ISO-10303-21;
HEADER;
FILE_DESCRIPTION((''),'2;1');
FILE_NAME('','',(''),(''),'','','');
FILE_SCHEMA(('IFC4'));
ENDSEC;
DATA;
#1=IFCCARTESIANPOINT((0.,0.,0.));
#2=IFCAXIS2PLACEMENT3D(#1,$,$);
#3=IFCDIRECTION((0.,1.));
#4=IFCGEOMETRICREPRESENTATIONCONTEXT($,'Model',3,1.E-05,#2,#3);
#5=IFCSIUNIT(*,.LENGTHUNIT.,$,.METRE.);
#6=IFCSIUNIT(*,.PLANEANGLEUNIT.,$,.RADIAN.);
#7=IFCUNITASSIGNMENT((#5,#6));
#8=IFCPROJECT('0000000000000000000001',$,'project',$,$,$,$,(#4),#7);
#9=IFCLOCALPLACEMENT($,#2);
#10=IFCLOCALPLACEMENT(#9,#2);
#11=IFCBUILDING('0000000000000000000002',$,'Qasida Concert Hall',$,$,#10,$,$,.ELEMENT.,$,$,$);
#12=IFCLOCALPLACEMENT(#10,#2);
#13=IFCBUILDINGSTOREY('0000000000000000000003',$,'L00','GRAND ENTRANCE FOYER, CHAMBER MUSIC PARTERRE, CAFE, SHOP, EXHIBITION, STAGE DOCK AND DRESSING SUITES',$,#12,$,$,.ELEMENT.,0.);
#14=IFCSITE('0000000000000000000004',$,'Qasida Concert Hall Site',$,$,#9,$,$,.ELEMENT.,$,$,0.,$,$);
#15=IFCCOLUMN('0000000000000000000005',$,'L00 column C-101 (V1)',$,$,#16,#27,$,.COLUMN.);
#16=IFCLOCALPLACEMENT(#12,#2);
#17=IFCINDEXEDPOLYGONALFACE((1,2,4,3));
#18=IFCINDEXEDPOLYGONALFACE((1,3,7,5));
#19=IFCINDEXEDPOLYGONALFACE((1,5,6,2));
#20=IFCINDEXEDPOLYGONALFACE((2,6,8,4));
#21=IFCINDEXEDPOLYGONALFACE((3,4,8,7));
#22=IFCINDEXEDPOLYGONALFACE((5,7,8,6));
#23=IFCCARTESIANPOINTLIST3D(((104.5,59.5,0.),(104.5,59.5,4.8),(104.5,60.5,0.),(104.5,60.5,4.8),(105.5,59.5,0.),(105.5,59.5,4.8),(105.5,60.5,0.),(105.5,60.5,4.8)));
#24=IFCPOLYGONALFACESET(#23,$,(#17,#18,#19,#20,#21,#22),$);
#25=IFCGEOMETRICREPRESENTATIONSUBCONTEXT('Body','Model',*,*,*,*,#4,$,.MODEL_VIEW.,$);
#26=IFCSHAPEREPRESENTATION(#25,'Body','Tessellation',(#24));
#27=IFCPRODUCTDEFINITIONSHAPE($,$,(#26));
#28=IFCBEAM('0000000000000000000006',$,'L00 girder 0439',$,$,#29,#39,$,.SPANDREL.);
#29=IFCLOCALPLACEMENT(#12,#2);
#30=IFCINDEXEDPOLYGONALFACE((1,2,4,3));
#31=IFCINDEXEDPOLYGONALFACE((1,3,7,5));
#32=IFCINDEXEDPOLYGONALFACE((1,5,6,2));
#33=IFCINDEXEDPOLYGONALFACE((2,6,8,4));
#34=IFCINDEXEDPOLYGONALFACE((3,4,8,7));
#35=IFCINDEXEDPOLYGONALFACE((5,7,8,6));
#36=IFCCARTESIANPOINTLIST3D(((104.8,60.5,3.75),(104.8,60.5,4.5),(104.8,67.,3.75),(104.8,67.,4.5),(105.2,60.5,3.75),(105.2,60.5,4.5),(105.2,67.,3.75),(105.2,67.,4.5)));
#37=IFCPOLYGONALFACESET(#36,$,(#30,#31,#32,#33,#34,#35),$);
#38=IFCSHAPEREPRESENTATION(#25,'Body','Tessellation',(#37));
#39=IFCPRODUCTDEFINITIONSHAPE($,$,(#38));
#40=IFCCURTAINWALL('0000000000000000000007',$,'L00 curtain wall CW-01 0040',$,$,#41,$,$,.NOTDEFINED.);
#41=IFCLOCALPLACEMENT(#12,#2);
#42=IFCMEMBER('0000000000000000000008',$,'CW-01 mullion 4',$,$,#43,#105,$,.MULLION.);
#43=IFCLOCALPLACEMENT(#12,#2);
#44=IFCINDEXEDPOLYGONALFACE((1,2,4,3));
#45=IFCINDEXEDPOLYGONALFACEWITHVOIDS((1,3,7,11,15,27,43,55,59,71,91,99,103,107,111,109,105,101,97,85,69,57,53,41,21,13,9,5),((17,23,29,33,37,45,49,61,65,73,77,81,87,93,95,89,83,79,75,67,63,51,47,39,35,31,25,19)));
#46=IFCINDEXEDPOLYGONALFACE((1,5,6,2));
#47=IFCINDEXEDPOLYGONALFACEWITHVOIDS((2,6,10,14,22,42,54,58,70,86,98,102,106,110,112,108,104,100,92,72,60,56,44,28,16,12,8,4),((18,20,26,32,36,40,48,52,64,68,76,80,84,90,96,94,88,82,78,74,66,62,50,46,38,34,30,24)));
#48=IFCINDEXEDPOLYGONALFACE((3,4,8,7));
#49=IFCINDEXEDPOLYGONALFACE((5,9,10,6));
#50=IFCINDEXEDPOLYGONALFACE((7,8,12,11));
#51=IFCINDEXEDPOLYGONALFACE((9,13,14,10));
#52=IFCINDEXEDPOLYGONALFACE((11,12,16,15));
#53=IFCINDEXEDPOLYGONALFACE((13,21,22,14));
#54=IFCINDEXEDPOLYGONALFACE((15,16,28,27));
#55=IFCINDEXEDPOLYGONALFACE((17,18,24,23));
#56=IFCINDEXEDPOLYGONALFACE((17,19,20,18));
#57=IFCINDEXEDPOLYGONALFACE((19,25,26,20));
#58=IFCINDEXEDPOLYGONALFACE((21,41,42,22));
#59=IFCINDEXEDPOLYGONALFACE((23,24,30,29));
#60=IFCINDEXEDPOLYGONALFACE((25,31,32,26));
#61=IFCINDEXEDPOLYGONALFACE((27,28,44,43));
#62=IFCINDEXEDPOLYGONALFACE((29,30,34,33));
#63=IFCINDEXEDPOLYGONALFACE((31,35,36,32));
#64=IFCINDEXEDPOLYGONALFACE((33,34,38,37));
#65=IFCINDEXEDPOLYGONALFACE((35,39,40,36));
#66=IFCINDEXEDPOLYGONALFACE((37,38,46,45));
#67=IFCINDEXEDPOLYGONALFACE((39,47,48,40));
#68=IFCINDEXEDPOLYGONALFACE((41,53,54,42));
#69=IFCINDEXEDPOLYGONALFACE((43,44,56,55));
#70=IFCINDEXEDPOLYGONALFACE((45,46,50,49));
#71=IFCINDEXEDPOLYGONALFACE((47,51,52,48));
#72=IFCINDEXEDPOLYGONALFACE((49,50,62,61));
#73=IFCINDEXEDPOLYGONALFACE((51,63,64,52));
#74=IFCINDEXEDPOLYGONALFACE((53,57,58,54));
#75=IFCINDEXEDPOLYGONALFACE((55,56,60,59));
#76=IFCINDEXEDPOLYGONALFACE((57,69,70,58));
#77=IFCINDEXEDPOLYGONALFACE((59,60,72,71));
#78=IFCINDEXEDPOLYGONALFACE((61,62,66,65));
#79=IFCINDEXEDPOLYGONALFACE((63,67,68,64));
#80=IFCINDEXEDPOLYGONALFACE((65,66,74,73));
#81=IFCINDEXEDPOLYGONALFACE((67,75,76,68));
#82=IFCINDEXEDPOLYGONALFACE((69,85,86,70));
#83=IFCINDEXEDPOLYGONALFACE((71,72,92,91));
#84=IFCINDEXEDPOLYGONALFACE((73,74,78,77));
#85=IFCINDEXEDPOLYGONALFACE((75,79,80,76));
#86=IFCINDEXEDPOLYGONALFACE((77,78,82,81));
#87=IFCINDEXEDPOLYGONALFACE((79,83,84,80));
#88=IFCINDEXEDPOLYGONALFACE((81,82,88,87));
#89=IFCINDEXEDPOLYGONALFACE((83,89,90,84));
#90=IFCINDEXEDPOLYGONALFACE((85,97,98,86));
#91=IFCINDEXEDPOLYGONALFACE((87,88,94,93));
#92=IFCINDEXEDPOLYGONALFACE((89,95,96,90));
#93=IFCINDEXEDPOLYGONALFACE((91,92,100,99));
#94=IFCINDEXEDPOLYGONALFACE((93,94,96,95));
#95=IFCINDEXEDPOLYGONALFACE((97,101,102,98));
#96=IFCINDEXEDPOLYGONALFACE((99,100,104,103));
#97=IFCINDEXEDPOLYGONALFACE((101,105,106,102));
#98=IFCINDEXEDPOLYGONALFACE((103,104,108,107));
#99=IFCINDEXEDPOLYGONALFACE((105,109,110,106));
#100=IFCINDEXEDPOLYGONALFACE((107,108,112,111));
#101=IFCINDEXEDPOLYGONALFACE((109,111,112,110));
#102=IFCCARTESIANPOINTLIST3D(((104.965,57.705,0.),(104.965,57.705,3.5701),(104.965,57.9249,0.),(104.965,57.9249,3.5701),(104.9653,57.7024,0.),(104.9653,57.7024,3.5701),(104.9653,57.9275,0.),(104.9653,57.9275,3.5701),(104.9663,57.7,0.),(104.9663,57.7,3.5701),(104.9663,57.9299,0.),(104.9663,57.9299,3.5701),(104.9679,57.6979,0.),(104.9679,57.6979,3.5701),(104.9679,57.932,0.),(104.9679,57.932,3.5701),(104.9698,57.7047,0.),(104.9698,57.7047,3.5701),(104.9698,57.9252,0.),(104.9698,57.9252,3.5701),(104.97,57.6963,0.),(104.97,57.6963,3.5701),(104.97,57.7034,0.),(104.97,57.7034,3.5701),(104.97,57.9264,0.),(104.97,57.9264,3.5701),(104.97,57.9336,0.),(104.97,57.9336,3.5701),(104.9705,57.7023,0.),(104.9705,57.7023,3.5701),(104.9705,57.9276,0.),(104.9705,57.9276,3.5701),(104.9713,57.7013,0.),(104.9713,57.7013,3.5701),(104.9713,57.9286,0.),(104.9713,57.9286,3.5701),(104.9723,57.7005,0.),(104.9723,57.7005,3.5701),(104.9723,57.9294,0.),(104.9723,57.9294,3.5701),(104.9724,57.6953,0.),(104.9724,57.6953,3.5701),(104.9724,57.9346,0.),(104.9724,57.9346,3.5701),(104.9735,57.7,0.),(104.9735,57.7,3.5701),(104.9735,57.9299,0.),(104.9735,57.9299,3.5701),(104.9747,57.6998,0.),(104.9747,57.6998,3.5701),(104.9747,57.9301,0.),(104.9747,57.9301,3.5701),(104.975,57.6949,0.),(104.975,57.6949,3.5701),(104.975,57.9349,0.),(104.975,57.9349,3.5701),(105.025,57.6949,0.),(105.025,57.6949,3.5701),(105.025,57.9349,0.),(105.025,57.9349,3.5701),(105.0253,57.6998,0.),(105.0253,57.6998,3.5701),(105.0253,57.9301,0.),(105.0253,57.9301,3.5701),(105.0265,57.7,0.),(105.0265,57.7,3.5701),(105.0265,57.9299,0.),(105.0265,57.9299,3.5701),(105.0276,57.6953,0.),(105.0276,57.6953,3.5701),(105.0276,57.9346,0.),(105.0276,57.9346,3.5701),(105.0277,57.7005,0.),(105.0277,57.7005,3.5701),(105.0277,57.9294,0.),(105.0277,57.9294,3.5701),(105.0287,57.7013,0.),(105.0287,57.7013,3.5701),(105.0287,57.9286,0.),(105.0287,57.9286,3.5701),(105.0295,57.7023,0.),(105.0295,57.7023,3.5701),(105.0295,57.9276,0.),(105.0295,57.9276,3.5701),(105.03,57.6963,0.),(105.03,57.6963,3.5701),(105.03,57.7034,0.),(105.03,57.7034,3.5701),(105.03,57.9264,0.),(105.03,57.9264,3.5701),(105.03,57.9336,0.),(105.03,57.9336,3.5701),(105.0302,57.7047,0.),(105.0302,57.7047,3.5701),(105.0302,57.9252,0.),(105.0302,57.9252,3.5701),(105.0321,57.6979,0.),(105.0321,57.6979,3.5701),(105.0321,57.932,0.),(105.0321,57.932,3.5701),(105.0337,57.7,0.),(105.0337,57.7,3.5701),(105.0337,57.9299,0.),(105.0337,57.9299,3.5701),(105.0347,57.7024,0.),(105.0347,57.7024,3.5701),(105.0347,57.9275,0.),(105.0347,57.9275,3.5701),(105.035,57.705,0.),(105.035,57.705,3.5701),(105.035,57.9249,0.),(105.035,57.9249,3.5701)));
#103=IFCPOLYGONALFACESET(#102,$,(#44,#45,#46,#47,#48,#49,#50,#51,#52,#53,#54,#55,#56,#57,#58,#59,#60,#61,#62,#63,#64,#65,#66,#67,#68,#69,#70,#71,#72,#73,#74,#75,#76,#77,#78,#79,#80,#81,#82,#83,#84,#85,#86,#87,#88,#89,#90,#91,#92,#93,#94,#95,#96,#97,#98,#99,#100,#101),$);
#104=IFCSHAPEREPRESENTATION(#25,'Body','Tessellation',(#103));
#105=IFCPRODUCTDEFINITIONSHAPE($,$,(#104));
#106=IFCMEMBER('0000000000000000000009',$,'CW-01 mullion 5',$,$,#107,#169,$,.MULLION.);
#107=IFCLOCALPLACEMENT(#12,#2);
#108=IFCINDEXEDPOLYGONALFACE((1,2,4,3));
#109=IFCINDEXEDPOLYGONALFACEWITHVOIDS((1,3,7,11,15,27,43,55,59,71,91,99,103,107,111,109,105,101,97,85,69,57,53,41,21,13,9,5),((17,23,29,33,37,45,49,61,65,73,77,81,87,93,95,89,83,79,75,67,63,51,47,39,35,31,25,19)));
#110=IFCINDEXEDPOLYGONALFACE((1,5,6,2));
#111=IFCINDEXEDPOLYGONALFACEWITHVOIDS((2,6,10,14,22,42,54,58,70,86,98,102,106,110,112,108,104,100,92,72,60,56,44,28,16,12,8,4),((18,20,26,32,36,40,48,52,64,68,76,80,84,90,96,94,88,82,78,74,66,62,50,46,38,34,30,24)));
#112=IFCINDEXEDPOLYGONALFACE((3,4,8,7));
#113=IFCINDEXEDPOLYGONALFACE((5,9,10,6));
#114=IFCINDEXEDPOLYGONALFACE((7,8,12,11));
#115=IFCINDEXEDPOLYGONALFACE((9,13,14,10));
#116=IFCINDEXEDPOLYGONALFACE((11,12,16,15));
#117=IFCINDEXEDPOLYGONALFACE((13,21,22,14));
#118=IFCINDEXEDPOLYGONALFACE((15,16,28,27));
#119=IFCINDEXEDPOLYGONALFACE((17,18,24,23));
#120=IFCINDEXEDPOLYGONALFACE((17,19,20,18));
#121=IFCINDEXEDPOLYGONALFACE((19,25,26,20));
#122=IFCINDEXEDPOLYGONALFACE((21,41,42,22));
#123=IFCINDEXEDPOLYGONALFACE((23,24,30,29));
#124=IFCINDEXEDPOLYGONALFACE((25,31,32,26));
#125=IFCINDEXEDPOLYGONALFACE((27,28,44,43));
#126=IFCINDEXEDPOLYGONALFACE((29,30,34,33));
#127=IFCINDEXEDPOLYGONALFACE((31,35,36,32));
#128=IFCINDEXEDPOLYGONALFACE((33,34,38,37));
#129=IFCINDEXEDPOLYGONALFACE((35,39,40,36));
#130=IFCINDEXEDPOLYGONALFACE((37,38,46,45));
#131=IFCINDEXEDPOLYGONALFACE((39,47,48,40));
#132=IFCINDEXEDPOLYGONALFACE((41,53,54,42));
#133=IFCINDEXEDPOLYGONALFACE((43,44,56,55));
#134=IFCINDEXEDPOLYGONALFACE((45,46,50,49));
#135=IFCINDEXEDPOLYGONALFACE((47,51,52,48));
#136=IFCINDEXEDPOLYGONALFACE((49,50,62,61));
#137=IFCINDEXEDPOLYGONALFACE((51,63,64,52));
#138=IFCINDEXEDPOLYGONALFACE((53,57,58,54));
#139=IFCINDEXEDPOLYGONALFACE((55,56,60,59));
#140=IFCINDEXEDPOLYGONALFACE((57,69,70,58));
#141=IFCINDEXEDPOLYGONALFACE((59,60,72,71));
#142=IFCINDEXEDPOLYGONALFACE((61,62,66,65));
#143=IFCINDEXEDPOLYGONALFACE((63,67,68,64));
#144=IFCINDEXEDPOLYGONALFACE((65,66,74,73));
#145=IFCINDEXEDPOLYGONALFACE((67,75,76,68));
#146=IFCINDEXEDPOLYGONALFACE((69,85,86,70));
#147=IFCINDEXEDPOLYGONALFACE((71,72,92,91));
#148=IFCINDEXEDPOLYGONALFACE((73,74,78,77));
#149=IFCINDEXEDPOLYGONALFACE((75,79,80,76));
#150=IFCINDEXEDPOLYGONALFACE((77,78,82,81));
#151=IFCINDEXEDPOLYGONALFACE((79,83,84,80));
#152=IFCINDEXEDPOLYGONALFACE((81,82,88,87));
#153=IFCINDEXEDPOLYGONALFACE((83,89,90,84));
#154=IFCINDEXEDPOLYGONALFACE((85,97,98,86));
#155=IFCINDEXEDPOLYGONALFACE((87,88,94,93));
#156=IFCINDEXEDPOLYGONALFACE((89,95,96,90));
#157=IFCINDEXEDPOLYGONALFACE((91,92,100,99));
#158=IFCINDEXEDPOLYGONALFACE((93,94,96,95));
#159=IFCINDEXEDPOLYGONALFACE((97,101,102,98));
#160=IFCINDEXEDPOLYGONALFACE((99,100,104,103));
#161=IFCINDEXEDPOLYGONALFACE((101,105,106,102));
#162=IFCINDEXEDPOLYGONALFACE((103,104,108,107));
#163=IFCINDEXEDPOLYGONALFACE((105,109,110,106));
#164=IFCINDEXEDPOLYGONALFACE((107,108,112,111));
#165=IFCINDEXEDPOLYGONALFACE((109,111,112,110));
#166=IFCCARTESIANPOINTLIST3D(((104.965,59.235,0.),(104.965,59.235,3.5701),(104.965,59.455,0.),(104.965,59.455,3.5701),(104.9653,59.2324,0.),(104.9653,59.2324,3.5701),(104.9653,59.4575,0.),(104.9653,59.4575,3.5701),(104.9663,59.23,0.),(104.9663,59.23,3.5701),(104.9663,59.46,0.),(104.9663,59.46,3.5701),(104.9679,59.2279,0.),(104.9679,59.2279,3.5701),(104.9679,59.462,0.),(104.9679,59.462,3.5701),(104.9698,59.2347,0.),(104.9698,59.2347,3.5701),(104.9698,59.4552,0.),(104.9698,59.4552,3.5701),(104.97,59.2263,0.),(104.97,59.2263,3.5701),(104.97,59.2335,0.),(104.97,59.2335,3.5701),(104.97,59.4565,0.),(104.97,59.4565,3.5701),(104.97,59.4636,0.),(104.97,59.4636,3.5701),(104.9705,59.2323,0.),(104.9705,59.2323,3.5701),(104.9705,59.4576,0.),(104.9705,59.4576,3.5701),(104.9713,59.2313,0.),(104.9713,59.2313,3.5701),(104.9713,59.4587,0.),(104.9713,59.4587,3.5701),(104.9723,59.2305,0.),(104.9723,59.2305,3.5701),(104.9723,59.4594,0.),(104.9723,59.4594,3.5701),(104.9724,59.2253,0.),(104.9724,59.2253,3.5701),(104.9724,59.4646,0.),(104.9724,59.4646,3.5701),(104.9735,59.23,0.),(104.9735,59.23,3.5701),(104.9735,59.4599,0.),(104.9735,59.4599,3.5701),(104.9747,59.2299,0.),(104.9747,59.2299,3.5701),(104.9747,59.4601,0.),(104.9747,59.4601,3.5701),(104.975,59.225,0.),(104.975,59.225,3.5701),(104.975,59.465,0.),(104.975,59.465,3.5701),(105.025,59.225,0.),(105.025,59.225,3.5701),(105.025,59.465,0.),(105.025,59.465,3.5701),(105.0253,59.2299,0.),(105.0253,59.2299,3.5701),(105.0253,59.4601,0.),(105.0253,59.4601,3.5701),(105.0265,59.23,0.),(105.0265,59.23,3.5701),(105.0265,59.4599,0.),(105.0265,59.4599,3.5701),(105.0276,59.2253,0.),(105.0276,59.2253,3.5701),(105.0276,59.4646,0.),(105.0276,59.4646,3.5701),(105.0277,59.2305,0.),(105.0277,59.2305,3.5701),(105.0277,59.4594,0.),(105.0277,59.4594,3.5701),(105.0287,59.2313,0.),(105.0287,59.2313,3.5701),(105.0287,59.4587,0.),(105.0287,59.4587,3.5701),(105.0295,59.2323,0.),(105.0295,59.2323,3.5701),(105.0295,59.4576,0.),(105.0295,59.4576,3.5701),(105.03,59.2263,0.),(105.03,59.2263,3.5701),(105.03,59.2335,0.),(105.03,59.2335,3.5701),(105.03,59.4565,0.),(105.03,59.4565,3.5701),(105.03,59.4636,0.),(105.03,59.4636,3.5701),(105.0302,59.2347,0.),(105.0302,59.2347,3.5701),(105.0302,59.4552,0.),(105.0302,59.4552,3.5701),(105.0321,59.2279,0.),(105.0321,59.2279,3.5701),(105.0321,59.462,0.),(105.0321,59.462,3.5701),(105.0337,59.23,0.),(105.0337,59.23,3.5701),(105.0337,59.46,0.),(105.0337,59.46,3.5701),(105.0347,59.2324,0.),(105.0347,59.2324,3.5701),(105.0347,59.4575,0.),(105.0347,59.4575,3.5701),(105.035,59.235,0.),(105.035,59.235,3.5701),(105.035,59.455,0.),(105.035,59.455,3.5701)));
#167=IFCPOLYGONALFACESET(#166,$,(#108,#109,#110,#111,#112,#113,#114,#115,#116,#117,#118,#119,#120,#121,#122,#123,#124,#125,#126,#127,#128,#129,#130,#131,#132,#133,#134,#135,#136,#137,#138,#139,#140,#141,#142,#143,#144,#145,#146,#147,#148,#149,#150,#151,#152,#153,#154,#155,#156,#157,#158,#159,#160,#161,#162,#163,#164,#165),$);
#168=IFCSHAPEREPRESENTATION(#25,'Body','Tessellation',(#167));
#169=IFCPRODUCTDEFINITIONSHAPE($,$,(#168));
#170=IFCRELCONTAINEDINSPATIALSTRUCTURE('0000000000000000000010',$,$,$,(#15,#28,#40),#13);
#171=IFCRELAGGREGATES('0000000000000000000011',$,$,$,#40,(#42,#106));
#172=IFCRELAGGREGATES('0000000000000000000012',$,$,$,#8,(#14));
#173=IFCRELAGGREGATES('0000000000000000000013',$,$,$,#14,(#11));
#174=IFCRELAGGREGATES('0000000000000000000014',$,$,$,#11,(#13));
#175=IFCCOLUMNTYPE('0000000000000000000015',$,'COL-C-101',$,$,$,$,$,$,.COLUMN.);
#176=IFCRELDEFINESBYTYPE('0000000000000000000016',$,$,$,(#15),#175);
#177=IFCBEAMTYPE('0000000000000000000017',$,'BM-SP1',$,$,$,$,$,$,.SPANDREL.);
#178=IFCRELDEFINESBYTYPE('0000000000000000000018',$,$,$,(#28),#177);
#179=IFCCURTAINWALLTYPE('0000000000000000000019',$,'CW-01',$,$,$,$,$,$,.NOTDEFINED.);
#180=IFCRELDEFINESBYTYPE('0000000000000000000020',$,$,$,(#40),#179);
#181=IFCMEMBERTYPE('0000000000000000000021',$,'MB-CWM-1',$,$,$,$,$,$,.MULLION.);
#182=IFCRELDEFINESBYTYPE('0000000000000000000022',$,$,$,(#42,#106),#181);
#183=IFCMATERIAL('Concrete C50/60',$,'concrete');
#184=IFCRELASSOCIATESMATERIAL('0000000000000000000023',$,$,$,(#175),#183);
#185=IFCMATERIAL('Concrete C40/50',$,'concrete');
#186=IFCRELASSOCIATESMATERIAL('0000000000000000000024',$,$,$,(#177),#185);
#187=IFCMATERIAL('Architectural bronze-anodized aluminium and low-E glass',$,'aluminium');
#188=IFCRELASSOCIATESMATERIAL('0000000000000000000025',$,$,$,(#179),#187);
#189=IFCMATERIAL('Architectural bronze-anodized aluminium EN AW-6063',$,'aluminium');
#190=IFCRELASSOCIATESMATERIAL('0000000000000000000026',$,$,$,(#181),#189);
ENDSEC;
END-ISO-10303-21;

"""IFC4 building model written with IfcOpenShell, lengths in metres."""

from ifc_helpers import new_model, si_unit, direction, frame, origin, origin_2d, place, context, subcontext, project, spatial, rectangle, hollow_rectangle, extrude, material, material_profile, profile_set, type_object, element, aggregate, save


model = new_model("IFC4")

# Units and contexts
model_context = context("Model", 3, precision=1e-05, world=origin(), true_north=direction((0.0, 1.0)))
body_context = subcontext(model_context, "Body", "Model", "MODEL_VIEW")
ifc_project = project(units=[si_unit("LENGTHUNIT", "METRE"), si_unit("PLANEANGLEUNIT", "RADIAN")], contexts=[model_context])

# Site, building, storey
site_placement = place(None, origin())
site = spatial("IfcSite", under=ifc_project, at=site_placement, Name="Qasida Concert Hall Site", CompositionType="ELEMENT", RefElevation=0.0)
building_placement = place(site_placement, origin())
building = spatial("IfcBuilding", under=site, at=building_placement, Name="Qasida Concert Hall", CompositionType="ELEMENT")
storey_placement = place(building_placement, origin())
storey = spatial("IfcBuildingStorey", under=building, at=storey_placement, Name="L00", Description="GRAND ENTRANCE FOYER, CHAMBER MUSIC PARTERRE, CAFE, SHOP, EXHIBITION, STAGE DOCK AND DRESSING SUITES", CompositionType="ELEMENT", Elevation=0.0)

# Column
ifc_material_1 = material(Name="Concrete C50/60", Category="concrete")
ifc_material_profile_1 = material_profile(ifc_material_1, rectangle(XDim=1.0, YDim=1.0, at=origin_2d()), Name="RC 1000x1000")
ifc_profile_set_1 = profile_set([ifc_material_profile_1], Name="Concrete C50/60")
column_type = type_object("IfcColumnType", Name="COL-C-101", PredefinedType="COLUMN", material=ifc_profile_set_1)
column_placement = place(storey_placement, frame((105.0, 60.0, 0.0), z_axis=(0.0, 0.0, 1.0), x_axis=(1.0, 0.0, 0.0)))
element("IfcColumn", 1, at=column_placement, inside=storey, type_object=column_type, Name="L00 column C-101 (V1)", PredefinedType="COLUMN", context=body_context, shape_type="SweptSolid", body=[
    extrude(rectangle(XDim=1.0, YDim=1.0, at=origin_2d()), origin(), (0.0, 0.0, 1.0), 4.8),
])

# Beam
ifc_material_2 = material(Name="Concrete C40/50", Category="concrete")
ifc_material_profile_2 = material_profile(ifc_material_2, rectangle(XDim=0.3999, YDim=0.75, at=origin_2d()), Name="RC 400x750")
ifc_profile_set_2 = profile_set([ifc_material_profile_2], Name="Concrete C40/50")
beam_type = type_object("IfcBeamType", Name="BM-SP1", PredefinedType="SPANDREL", material=ifc_profile_set_2)
beam_placement = place(storey_placement, frame((105.0, 60.5, 4.125), z_axis=(0.0, 1.0, 0.0), x_axis=(-1.0, 0.0, 0.0)))
element("IfcBeam", 2, at=beam_placement, inside=storey, type_object=beam_type, Name="L00 girder 0439", PredefinedType="SPANDREL", context=body_context, shape_type="SweptSolid", body=[
    extrude(rectangle(XDim=0.3999, YDim=0.75, at=origin_2d()), origin(), (0.0, 0.0, 1.0), 6.5),
])

# Curtain wall, members
ifc_material_3 = material(Name="Architectural bronze-anodized aluminium and low-E glass", Category="aluminium")
curtain_wall_type = type_object("IfcCurtainWallType", Name="CW-01", PredefinedType="NOTDEFINED", material=ifc_material_3)
curtain_wall_placement = place(storey_placement, origin())
curtain_wall = element("IfcCurtainWall", 3, at=curtain_wall_placement, inside=storey, type_object=curtain_wall_type, Name="L00 curtain wall CW-01 0040", PredefinedType="NOTDEFINED")
ifc_material_4 = material(Name="Architectural bronze-anodized aluminium EN AW-6063", Category="aluminium")
ifc_material_profile_3 = material_profile(ifc_material_4, hollow_rectangle(XDim=0.0701, YDim=0.24, WallThickness=0.0049, InnerFilletRadius=0.0049, OuterFilletRadius=0.01, at=origin_2d()), Name="CWM 240x70x5")
ifc_profile_set_3 = profile_set([ifc_material_profile_3], Name="Architectural bronze-anodized aluminium EN AW-6063")
member_type_1 = type_object("IfcMemberType", Name="MB-CWM-1", PredefinedType="MULLION", material=ifc_profile_set_3)
member_1_placement = place(storey_placement, frame((105.0, 57.8149, 0.0), z_axis=(0.0, 0.0, 1.0), x_axis=(-1.0, 0.0, 0.0)))
member_1 = element("IfcMember", 4, at=member_1_placement, type_object=member_type_1, Name="CW-01 mullion 4", PredefinedType="MULLION", context=body_context, shape_type="SweptSolid", body=[
    extrude(hollow_rectangle(XDim=0.0701, YDim=0.24, WallThickness=0.0049, InnerFilletRadius=0.0049, OuterFilletRadius=0.01, at=origin_2d()), origin(), (0.0, 0.0, 1.0), 3.5701),
])
member_2_placement = place(storey_placement, frame((105.0, 59.345, 0.0), z_axis=(0.0, 0.0, 1.0), x_axis=(-1.0, 0.0, 0.0)))
member_2 = element("IfcMember", 5, at=member_2_placement, type_object=member_type_1, Name="CW-01 mullion 5", PredefinedType="MULLION", context=body_context, shape_type="SweptSolid", body=[
    extrude(hollow_rectangle(XDim=0.0701, YDim=0.24, WallThickness=0.0049, InnerFilletRadius=0.0049, OuterFilletRadius=0.01, at=origin_2d()), origin(), (0.0, 0.0, 1.0), 3.5701),
])
aggregate(curtain_wall, [member_1, member_2])

save(model, "model.ifc")
